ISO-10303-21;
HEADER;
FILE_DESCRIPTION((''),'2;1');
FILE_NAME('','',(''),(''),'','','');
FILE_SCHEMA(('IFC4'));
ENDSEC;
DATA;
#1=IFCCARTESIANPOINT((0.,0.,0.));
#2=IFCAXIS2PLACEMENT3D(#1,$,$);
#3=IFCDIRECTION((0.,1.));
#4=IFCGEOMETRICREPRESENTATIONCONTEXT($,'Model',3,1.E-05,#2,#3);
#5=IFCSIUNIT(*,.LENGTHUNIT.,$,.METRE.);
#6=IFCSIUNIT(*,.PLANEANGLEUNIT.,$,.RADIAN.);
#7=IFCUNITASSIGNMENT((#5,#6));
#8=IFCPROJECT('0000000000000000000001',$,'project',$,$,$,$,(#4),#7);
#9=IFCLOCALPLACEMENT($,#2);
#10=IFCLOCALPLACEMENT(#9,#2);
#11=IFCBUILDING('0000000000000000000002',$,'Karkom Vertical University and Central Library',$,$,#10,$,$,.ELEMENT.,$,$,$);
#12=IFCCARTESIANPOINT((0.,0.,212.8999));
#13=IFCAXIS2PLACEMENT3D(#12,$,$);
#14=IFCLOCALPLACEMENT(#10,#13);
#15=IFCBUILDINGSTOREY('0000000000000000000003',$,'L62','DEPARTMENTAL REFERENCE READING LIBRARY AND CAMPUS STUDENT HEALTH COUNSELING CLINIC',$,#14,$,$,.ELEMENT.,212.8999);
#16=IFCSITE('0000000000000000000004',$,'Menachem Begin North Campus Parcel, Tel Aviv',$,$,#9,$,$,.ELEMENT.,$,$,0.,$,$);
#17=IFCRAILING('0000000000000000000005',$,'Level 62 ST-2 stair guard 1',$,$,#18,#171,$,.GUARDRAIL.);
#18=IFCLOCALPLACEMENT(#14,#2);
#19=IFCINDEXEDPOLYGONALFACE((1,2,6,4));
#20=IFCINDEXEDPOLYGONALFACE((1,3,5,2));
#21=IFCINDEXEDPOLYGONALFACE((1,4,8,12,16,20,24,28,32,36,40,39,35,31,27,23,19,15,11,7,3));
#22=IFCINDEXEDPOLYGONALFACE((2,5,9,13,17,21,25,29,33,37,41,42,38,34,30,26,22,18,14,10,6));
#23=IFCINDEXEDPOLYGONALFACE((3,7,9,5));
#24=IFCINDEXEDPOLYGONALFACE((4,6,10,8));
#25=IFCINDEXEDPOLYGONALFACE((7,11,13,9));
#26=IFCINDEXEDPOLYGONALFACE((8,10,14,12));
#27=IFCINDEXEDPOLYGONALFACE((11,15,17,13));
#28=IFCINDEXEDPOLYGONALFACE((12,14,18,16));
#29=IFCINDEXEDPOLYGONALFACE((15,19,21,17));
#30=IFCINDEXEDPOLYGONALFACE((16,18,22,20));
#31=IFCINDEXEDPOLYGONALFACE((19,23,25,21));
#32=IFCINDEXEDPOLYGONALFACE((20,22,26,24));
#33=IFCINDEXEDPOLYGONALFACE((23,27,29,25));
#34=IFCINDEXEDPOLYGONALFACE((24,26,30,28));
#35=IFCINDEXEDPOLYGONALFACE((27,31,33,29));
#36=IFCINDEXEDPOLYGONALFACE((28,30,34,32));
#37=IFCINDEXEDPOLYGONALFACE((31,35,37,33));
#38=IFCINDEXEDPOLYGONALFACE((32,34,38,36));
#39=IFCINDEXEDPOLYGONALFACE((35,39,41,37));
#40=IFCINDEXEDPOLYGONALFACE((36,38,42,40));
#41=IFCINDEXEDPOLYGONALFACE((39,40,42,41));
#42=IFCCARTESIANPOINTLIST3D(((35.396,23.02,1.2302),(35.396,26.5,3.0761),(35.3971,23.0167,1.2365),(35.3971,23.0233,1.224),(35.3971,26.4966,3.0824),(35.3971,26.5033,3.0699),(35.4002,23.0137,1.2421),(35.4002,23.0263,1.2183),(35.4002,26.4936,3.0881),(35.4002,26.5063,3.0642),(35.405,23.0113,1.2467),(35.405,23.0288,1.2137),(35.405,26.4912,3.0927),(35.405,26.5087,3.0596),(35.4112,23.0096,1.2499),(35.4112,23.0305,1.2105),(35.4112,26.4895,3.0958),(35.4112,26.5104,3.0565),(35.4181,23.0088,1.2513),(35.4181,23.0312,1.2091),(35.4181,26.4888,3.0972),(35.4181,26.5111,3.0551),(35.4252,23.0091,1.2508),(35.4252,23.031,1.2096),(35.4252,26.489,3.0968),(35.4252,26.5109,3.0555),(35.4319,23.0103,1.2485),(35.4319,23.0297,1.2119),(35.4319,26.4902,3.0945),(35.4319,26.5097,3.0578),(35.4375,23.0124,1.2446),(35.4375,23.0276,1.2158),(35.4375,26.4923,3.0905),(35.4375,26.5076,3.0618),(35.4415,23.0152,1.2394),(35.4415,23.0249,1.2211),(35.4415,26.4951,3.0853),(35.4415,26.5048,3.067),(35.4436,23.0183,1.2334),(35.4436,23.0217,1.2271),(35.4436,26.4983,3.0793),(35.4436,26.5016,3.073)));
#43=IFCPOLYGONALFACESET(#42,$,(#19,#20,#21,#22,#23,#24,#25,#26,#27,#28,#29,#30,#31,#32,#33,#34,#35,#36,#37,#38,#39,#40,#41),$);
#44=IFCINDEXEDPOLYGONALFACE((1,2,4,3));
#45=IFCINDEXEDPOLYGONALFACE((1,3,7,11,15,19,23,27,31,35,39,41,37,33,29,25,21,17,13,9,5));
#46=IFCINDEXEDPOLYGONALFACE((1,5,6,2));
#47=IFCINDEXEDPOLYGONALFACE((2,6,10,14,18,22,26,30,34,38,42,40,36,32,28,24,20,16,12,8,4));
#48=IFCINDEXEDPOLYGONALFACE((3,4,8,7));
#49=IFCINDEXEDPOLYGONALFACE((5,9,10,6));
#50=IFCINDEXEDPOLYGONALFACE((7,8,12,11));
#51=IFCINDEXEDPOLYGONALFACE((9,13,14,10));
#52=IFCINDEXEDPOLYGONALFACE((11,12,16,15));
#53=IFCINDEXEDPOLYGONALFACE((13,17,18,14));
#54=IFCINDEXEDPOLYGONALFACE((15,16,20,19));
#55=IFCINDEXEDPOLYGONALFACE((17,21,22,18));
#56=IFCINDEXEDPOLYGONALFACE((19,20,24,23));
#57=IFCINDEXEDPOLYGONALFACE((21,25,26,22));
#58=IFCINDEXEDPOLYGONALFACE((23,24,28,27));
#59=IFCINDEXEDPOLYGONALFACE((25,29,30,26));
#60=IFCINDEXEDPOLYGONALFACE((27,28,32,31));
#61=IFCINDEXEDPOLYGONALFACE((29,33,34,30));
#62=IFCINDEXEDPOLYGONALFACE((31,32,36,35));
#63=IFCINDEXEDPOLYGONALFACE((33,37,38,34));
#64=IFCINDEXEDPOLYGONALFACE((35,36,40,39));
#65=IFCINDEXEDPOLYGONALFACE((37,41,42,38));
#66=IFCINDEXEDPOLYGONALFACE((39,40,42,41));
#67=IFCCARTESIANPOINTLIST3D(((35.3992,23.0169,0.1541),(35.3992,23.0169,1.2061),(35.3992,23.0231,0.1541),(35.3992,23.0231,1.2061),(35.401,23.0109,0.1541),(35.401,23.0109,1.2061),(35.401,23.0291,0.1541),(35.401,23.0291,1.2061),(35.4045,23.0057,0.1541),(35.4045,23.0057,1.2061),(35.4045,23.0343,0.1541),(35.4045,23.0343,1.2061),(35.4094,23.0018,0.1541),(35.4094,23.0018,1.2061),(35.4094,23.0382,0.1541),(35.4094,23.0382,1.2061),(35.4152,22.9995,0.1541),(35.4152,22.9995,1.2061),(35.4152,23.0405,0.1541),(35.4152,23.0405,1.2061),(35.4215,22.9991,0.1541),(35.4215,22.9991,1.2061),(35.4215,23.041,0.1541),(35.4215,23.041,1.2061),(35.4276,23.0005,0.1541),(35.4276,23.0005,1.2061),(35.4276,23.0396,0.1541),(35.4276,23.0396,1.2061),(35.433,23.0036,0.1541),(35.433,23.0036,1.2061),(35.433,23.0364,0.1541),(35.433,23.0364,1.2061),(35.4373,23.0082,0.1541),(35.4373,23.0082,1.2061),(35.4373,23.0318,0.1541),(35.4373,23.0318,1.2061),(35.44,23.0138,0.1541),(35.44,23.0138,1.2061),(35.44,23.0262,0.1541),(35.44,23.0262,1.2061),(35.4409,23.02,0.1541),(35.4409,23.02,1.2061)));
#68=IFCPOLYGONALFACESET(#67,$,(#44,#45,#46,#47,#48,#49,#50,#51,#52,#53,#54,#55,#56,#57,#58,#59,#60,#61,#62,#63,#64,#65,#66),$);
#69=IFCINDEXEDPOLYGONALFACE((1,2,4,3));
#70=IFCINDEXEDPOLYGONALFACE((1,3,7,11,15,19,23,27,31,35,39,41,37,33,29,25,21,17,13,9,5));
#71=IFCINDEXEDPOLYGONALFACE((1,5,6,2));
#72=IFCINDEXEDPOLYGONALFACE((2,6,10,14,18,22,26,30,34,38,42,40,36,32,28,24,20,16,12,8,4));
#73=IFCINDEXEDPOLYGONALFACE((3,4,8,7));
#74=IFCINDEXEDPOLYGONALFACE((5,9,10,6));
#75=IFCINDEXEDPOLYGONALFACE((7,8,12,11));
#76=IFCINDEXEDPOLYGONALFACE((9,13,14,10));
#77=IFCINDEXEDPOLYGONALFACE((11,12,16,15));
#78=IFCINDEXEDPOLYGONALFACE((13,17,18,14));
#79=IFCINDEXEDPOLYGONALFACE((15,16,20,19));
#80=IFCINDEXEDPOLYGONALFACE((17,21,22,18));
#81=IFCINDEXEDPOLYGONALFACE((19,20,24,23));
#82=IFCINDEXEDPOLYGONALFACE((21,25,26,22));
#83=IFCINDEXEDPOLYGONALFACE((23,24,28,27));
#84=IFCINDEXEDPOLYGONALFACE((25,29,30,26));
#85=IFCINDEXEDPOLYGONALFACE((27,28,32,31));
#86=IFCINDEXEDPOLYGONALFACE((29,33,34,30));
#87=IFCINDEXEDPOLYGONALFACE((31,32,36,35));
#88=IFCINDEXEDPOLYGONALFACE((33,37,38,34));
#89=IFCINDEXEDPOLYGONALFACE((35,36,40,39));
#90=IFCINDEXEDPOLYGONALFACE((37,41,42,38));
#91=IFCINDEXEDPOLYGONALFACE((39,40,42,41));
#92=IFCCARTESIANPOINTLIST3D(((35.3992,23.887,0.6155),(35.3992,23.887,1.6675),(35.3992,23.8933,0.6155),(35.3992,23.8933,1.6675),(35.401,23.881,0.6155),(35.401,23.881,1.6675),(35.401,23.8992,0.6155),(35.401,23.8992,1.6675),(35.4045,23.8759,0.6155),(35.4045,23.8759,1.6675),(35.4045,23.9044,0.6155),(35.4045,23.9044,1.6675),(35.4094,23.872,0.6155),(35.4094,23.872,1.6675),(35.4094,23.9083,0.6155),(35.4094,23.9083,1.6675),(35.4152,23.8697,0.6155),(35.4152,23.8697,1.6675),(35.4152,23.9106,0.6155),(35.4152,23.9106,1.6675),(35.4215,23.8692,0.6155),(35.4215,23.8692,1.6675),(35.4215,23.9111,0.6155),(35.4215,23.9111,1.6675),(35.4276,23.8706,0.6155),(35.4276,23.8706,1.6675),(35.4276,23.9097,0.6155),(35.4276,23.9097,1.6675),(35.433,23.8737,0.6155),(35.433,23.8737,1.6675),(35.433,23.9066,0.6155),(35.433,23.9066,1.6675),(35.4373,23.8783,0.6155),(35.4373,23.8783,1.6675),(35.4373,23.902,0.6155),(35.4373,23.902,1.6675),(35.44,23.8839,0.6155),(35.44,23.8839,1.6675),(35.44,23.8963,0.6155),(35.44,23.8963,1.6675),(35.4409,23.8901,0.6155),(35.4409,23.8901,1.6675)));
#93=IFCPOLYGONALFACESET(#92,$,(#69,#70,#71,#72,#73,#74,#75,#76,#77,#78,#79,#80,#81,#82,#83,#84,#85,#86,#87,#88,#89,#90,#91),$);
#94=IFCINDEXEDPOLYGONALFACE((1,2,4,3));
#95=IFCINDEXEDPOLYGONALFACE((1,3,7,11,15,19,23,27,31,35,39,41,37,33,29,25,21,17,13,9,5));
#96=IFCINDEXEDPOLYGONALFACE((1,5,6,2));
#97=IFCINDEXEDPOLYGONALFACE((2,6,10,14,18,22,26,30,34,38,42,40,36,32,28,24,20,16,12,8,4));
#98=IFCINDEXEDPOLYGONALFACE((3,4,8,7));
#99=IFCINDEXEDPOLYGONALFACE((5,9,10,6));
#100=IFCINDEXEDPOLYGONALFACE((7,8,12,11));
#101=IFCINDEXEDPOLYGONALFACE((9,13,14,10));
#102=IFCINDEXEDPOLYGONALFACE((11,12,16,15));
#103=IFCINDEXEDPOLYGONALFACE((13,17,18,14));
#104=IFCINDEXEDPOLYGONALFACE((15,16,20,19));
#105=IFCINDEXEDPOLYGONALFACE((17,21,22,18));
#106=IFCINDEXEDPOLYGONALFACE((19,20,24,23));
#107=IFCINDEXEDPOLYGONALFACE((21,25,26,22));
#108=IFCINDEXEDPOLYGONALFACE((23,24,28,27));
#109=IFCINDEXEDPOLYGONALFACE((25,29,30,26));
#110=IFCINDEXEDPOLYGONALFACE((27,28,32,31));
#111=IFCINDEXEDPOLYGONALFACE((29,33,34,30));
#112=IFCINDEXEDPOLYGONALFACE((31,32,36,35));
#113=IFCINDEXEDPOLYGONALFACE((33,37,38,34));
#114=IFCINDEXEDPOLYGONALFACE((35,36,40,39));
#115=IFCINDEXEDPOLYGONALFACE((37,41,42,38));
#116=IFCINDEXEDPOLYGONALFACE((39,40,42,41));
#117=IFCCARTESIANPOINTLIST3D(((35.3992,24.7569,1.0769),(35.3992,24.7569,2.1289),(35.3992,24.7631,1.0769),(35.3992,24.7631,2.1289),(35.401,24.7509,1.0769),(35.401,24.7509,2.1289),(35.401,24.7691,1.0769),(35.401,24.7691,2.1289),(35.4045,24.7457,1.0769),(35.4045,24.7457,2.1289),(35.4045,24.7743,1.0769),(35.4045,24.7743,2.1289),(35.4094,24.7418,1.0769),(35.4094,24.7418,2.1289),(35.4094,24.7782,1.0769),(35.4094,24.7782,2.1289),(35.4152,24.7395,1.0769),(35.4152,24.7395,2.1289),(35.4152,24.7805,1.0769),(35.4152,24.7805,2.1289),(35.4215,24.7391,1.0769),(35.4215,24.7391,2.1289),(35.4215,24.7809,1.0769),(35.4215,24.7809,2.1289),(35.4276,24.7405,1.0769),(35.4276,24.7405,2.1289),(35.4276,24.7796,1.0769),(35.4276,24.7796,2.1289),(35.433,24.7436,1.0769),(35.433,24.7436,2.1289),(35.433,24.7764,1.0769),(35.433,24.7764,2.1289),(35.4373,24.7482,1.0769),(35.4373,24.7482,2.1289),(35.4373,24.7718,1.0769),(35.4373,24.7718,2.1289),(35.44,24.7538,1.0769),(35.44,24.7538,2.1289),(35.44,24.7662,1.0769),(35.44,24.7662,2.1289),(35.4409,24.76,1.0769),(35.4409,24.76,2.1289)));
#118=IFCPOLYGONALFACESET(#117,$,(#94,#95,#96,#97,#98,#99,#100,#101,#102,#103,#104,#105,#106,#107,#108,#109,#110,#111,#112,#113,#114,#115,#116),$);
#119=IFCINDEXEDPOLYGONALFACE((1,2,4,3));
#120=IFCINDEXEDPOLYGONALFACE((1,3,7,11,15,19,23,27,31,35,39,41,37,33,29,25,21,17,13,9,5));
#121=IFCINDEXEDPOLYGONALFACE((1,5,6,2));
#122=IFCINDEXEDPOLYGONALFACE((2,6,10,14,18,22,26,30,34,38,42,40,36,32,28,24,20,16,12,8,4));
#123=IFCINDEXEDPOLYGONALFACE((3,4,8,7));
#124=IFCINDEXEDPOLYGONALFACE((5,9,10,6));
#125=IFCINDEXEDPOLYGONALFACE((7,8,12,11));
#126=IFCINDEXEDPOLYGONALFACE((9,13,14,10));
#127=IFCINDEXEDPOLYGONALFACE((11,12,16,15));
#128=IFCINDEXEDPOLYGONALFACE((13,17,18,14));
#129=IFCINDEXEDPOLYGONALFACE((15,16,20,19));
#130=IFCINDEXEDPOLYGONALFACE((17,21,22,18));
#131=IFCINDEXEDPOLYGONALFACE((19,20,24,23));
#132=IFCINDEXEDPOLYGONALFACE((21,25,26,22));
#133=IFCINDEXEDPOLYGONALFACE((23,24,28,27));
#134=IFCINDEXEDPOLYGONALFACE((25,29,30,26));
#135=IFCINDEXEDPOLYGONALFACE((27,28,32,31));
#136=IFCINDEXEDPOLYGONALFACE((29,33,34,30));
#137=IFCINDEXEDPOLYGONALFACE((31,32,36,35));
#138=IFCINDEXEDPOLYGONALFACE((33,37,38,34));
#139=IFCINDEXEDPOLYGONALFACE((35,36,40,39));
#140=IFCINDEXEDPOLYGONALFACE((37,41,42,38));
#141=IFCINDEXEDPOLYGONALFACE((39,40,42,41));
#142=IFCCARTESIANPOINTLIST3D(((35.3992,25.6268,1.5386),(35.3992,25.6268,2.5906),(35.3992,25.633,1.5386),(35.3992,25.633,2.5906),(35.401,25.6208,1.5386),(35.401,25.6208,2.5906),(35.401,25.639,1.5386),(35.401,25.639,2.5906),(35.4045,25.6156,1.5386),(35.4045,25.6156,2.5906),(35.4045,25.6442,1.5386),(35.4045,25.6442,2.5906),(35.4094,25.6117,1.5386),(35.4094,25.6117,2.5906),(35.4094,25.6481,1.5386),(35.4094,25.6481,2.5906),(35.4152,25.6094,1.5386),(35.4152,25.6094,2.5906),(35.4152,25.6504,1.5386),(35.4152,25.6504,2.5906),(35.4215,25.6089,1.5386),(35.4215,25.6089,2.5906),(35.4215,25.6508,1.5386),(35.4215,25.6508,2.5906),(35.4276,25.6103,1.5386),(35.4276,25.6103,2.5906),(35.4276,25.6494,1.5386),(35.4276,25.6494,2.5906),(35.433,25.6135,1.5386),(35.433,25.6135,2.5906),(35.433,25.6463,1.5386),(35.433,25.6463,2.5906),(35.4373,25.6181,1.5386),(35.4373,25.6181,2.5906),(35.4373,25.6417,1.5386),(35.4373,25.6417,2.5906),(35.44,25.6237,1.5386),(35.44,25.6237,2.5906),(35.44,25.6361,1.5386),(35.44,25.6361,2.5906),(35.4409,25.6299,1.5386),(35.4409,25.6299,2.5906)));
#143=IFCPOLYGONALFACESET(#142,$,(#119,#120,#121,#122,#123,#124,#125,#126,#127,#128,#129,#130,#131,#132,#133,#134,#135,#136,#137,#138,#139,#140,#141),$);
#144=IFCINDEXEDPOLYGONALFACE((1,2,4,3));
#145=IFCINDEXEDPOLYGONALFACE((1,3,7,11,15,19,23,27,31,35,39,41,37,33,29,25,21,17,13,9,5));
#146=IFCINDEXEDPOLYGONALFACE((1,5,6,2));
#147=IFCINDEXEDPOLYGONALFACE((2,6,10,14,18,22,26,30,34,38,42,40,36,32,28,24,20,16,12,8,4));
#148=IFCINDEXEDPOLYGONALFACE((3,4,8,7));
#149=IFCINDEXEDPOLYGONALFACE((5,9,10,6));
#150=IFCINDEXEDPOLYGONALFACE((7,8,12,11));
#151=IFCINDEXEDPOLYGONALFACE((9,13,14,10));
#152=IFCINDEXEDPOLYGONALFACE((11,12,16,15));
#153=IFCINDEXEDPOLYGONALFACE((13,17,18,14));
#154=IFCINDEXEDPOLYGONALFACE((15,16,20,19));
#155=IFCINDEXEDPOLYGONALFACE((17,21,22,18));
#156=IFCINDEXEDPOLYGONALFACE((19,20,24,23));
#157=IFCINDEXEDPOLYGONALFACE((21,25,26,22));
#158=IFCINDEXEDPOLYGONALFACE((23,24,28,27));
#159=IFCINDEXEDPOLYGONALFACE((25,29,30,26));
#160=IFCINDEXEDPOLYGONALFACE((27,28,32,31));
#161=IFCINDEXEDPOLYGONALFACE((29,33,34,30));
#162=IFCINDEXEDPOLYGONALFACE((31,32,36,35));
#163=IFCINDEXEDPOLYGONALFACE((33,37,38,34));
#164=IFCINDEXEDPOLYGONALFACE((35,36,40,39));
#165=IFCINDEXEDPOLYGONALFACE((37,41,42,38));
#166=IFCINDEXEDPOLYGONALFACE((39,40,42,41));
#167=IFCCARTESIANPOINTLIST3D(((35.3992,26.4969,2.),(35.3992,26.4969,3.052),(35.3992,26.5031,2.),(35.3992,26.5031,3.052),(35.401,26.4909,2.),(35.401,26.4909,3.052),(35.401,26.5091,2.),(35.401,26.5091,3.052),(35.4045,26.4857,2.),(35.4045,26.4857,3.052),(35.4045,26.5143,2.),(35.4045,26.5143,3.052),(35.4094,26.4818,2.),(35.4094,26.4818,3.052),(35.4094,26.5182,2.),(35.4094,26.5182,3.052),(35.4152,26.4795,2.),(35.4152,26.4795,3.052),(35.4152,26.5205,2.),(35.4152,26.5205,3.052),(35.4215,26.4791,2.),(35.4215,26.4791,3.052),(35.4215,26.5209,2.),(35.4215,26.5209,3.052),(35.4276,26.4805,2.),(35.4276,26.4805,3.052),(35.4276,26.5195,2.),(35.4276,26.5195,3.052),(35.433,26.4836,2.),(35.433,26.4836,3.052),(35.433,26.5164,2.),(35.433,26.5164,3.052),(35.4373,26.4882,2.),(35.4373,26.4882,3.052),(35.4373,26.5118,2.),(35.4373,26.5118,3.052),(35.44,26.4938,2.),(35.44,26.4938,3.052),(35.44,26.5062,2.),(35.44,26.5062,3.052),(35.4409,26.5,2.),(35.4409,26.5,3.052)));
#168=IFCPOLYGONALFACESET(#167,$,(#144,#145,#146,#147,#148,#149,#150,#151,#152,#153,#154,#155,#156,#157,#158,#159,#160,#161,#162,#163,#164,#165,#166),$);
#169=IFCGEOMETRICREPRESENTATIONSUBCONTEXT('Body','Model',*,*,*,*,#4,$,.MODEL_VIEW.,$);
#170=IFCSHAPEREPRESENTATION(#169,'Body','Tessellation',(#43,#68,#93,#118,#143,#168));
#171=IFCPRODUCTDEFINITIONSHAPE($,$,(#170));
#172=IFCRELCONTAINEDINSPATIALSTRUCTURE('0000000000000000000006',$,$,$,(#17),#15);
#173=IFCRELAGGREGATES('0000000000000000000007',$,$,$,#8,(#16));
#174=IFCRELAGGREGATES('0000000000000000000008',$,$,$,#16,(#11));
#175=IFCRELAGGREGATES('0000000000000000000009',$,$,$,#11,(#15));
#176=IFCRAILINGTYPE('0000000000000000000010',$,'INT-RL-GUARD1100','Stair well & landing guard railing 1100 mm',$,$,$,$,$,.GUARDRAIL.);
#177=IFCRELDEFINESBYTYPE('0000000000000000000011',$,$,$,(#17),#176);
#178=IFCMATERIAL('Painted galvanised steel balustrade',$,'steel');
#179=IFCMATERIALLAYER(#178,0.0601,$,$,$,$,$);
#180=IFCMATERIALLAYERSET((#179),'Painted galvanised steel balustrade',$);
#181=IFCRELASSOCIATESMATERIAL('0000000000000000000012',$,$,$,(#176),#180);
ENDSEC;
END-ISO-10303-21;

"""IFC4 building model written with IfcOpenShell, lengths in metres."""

from ifc_helpers import new_model, si_unit, direction, frame, origin, origin_2d, place, context, subcontext, project, spatial, circle, extrude, material, layer, layer_set, type_object, element, save


model = new_model("IFC4")

# Units and contexts
model_context = context("Model", 3, precision=1e-05, world=origin(), true_north=direction((0.0, 1.0)))
body_context = subcontext(model_context, "Body", "Model", "MODEL_VIEW")
ifc_project = project(units=[si_unit("LENGTHUNIT", "METRE"), si_unit("PLANEANGLEUNIT", "RADIAN")], contexts=[model_context])

# Site, building, storey
site_placement = place(None, origin())
site = spatial("IfcSite", under=ifc_project, at=site_placement, Name="Menachem Begin North Campus Parcel, Tel Aviv", CompositionType="ELEMENT", RefElevation=0.0)
building_placement = place(site_placement, origin())
building = spatial("IfcBuilding", under=site, at=building_placement, Name="Karkom Vertical University and Central Library", CompositionType="ELEMENT")
storey_placement = place(building_placement, frame((0.0, 0.0, 212.8999)))
storey = spatial("IfcBuildingStorey", under=building, at=storey_placement, Name="L62", Description="DEPARTMENTAL REFERENCE READING LIBRARY AND CAMPUS STUDENT HEALTH COUNSELING CLINIC", CompositionType="ELEMENT", Elevation=212.8999)

# Railing
ifc_material_1 = material(Name="Painted galvanised steel balustrade", Category="steel")
ifc_layer_1 = layer(ifc_material_1, 0.0601)
ifc_layer_set_1 = layer_set([ifc_layer_1], Name="Painted galvanised steel balustrade")
railing_type_1 = type_object("IfcRailingType", Name="INT-RL-GUARD1100", Description="Stair well & landing guard railing 1100 mm", PredefinedType="GUARDRAIL", material=ifc_layer_set_1)
railing_1_placement = place(storey_placement, frame((35.4199, 23.02, 0.1541)))
element("IfcRailing", 1, at=railing_1_placement, inside=storey, type_object=railing_type_1, Name="Level 62 ST-2 stair guard 1", PredefinedType="GUARDRAIL", context=body_context, shape_type="SweptSolid", body=[
    extrude(circle(Radius=0.0239, at=origin_2d()), frame((0.0, 0.0, 1.0762), z_axis=(0.0, 0.883409, 0.468602), x_axis=(-1.0, 0.0, 0.0)), (0.0, 0.0, 1.0), 3.9392),
    extrude(circle(Radius=0.021, at=origin_2d()), origin(), (0.0, 0.0, 1.0), 1.052),
    extrude(circle(Radius=0.021, at=origin_2d()), frame((0.0, 0.8701, 0.4614)), (0.0, 0.0, 1.0), 1.052),
    extrude(circle(Radius=0.021, at=origin_2d()), frame((0.0, 1.74, 0.9229)), (0.0, 0.0, 1.0), 1.052),
    extrude(circle(Radius=0.021, at=origin_2d()), frame((0.0, 2.6099, 1.3845)), (0.0, 0.0, 1.0), 1.052),
    extrude(circle(Radius=0.021, at=origin_2d()), frame((0.0, 3.48, 1.8459)), (0.0, 0.0, 1.0), 1.052),
])

save(model, "model.ifc")
